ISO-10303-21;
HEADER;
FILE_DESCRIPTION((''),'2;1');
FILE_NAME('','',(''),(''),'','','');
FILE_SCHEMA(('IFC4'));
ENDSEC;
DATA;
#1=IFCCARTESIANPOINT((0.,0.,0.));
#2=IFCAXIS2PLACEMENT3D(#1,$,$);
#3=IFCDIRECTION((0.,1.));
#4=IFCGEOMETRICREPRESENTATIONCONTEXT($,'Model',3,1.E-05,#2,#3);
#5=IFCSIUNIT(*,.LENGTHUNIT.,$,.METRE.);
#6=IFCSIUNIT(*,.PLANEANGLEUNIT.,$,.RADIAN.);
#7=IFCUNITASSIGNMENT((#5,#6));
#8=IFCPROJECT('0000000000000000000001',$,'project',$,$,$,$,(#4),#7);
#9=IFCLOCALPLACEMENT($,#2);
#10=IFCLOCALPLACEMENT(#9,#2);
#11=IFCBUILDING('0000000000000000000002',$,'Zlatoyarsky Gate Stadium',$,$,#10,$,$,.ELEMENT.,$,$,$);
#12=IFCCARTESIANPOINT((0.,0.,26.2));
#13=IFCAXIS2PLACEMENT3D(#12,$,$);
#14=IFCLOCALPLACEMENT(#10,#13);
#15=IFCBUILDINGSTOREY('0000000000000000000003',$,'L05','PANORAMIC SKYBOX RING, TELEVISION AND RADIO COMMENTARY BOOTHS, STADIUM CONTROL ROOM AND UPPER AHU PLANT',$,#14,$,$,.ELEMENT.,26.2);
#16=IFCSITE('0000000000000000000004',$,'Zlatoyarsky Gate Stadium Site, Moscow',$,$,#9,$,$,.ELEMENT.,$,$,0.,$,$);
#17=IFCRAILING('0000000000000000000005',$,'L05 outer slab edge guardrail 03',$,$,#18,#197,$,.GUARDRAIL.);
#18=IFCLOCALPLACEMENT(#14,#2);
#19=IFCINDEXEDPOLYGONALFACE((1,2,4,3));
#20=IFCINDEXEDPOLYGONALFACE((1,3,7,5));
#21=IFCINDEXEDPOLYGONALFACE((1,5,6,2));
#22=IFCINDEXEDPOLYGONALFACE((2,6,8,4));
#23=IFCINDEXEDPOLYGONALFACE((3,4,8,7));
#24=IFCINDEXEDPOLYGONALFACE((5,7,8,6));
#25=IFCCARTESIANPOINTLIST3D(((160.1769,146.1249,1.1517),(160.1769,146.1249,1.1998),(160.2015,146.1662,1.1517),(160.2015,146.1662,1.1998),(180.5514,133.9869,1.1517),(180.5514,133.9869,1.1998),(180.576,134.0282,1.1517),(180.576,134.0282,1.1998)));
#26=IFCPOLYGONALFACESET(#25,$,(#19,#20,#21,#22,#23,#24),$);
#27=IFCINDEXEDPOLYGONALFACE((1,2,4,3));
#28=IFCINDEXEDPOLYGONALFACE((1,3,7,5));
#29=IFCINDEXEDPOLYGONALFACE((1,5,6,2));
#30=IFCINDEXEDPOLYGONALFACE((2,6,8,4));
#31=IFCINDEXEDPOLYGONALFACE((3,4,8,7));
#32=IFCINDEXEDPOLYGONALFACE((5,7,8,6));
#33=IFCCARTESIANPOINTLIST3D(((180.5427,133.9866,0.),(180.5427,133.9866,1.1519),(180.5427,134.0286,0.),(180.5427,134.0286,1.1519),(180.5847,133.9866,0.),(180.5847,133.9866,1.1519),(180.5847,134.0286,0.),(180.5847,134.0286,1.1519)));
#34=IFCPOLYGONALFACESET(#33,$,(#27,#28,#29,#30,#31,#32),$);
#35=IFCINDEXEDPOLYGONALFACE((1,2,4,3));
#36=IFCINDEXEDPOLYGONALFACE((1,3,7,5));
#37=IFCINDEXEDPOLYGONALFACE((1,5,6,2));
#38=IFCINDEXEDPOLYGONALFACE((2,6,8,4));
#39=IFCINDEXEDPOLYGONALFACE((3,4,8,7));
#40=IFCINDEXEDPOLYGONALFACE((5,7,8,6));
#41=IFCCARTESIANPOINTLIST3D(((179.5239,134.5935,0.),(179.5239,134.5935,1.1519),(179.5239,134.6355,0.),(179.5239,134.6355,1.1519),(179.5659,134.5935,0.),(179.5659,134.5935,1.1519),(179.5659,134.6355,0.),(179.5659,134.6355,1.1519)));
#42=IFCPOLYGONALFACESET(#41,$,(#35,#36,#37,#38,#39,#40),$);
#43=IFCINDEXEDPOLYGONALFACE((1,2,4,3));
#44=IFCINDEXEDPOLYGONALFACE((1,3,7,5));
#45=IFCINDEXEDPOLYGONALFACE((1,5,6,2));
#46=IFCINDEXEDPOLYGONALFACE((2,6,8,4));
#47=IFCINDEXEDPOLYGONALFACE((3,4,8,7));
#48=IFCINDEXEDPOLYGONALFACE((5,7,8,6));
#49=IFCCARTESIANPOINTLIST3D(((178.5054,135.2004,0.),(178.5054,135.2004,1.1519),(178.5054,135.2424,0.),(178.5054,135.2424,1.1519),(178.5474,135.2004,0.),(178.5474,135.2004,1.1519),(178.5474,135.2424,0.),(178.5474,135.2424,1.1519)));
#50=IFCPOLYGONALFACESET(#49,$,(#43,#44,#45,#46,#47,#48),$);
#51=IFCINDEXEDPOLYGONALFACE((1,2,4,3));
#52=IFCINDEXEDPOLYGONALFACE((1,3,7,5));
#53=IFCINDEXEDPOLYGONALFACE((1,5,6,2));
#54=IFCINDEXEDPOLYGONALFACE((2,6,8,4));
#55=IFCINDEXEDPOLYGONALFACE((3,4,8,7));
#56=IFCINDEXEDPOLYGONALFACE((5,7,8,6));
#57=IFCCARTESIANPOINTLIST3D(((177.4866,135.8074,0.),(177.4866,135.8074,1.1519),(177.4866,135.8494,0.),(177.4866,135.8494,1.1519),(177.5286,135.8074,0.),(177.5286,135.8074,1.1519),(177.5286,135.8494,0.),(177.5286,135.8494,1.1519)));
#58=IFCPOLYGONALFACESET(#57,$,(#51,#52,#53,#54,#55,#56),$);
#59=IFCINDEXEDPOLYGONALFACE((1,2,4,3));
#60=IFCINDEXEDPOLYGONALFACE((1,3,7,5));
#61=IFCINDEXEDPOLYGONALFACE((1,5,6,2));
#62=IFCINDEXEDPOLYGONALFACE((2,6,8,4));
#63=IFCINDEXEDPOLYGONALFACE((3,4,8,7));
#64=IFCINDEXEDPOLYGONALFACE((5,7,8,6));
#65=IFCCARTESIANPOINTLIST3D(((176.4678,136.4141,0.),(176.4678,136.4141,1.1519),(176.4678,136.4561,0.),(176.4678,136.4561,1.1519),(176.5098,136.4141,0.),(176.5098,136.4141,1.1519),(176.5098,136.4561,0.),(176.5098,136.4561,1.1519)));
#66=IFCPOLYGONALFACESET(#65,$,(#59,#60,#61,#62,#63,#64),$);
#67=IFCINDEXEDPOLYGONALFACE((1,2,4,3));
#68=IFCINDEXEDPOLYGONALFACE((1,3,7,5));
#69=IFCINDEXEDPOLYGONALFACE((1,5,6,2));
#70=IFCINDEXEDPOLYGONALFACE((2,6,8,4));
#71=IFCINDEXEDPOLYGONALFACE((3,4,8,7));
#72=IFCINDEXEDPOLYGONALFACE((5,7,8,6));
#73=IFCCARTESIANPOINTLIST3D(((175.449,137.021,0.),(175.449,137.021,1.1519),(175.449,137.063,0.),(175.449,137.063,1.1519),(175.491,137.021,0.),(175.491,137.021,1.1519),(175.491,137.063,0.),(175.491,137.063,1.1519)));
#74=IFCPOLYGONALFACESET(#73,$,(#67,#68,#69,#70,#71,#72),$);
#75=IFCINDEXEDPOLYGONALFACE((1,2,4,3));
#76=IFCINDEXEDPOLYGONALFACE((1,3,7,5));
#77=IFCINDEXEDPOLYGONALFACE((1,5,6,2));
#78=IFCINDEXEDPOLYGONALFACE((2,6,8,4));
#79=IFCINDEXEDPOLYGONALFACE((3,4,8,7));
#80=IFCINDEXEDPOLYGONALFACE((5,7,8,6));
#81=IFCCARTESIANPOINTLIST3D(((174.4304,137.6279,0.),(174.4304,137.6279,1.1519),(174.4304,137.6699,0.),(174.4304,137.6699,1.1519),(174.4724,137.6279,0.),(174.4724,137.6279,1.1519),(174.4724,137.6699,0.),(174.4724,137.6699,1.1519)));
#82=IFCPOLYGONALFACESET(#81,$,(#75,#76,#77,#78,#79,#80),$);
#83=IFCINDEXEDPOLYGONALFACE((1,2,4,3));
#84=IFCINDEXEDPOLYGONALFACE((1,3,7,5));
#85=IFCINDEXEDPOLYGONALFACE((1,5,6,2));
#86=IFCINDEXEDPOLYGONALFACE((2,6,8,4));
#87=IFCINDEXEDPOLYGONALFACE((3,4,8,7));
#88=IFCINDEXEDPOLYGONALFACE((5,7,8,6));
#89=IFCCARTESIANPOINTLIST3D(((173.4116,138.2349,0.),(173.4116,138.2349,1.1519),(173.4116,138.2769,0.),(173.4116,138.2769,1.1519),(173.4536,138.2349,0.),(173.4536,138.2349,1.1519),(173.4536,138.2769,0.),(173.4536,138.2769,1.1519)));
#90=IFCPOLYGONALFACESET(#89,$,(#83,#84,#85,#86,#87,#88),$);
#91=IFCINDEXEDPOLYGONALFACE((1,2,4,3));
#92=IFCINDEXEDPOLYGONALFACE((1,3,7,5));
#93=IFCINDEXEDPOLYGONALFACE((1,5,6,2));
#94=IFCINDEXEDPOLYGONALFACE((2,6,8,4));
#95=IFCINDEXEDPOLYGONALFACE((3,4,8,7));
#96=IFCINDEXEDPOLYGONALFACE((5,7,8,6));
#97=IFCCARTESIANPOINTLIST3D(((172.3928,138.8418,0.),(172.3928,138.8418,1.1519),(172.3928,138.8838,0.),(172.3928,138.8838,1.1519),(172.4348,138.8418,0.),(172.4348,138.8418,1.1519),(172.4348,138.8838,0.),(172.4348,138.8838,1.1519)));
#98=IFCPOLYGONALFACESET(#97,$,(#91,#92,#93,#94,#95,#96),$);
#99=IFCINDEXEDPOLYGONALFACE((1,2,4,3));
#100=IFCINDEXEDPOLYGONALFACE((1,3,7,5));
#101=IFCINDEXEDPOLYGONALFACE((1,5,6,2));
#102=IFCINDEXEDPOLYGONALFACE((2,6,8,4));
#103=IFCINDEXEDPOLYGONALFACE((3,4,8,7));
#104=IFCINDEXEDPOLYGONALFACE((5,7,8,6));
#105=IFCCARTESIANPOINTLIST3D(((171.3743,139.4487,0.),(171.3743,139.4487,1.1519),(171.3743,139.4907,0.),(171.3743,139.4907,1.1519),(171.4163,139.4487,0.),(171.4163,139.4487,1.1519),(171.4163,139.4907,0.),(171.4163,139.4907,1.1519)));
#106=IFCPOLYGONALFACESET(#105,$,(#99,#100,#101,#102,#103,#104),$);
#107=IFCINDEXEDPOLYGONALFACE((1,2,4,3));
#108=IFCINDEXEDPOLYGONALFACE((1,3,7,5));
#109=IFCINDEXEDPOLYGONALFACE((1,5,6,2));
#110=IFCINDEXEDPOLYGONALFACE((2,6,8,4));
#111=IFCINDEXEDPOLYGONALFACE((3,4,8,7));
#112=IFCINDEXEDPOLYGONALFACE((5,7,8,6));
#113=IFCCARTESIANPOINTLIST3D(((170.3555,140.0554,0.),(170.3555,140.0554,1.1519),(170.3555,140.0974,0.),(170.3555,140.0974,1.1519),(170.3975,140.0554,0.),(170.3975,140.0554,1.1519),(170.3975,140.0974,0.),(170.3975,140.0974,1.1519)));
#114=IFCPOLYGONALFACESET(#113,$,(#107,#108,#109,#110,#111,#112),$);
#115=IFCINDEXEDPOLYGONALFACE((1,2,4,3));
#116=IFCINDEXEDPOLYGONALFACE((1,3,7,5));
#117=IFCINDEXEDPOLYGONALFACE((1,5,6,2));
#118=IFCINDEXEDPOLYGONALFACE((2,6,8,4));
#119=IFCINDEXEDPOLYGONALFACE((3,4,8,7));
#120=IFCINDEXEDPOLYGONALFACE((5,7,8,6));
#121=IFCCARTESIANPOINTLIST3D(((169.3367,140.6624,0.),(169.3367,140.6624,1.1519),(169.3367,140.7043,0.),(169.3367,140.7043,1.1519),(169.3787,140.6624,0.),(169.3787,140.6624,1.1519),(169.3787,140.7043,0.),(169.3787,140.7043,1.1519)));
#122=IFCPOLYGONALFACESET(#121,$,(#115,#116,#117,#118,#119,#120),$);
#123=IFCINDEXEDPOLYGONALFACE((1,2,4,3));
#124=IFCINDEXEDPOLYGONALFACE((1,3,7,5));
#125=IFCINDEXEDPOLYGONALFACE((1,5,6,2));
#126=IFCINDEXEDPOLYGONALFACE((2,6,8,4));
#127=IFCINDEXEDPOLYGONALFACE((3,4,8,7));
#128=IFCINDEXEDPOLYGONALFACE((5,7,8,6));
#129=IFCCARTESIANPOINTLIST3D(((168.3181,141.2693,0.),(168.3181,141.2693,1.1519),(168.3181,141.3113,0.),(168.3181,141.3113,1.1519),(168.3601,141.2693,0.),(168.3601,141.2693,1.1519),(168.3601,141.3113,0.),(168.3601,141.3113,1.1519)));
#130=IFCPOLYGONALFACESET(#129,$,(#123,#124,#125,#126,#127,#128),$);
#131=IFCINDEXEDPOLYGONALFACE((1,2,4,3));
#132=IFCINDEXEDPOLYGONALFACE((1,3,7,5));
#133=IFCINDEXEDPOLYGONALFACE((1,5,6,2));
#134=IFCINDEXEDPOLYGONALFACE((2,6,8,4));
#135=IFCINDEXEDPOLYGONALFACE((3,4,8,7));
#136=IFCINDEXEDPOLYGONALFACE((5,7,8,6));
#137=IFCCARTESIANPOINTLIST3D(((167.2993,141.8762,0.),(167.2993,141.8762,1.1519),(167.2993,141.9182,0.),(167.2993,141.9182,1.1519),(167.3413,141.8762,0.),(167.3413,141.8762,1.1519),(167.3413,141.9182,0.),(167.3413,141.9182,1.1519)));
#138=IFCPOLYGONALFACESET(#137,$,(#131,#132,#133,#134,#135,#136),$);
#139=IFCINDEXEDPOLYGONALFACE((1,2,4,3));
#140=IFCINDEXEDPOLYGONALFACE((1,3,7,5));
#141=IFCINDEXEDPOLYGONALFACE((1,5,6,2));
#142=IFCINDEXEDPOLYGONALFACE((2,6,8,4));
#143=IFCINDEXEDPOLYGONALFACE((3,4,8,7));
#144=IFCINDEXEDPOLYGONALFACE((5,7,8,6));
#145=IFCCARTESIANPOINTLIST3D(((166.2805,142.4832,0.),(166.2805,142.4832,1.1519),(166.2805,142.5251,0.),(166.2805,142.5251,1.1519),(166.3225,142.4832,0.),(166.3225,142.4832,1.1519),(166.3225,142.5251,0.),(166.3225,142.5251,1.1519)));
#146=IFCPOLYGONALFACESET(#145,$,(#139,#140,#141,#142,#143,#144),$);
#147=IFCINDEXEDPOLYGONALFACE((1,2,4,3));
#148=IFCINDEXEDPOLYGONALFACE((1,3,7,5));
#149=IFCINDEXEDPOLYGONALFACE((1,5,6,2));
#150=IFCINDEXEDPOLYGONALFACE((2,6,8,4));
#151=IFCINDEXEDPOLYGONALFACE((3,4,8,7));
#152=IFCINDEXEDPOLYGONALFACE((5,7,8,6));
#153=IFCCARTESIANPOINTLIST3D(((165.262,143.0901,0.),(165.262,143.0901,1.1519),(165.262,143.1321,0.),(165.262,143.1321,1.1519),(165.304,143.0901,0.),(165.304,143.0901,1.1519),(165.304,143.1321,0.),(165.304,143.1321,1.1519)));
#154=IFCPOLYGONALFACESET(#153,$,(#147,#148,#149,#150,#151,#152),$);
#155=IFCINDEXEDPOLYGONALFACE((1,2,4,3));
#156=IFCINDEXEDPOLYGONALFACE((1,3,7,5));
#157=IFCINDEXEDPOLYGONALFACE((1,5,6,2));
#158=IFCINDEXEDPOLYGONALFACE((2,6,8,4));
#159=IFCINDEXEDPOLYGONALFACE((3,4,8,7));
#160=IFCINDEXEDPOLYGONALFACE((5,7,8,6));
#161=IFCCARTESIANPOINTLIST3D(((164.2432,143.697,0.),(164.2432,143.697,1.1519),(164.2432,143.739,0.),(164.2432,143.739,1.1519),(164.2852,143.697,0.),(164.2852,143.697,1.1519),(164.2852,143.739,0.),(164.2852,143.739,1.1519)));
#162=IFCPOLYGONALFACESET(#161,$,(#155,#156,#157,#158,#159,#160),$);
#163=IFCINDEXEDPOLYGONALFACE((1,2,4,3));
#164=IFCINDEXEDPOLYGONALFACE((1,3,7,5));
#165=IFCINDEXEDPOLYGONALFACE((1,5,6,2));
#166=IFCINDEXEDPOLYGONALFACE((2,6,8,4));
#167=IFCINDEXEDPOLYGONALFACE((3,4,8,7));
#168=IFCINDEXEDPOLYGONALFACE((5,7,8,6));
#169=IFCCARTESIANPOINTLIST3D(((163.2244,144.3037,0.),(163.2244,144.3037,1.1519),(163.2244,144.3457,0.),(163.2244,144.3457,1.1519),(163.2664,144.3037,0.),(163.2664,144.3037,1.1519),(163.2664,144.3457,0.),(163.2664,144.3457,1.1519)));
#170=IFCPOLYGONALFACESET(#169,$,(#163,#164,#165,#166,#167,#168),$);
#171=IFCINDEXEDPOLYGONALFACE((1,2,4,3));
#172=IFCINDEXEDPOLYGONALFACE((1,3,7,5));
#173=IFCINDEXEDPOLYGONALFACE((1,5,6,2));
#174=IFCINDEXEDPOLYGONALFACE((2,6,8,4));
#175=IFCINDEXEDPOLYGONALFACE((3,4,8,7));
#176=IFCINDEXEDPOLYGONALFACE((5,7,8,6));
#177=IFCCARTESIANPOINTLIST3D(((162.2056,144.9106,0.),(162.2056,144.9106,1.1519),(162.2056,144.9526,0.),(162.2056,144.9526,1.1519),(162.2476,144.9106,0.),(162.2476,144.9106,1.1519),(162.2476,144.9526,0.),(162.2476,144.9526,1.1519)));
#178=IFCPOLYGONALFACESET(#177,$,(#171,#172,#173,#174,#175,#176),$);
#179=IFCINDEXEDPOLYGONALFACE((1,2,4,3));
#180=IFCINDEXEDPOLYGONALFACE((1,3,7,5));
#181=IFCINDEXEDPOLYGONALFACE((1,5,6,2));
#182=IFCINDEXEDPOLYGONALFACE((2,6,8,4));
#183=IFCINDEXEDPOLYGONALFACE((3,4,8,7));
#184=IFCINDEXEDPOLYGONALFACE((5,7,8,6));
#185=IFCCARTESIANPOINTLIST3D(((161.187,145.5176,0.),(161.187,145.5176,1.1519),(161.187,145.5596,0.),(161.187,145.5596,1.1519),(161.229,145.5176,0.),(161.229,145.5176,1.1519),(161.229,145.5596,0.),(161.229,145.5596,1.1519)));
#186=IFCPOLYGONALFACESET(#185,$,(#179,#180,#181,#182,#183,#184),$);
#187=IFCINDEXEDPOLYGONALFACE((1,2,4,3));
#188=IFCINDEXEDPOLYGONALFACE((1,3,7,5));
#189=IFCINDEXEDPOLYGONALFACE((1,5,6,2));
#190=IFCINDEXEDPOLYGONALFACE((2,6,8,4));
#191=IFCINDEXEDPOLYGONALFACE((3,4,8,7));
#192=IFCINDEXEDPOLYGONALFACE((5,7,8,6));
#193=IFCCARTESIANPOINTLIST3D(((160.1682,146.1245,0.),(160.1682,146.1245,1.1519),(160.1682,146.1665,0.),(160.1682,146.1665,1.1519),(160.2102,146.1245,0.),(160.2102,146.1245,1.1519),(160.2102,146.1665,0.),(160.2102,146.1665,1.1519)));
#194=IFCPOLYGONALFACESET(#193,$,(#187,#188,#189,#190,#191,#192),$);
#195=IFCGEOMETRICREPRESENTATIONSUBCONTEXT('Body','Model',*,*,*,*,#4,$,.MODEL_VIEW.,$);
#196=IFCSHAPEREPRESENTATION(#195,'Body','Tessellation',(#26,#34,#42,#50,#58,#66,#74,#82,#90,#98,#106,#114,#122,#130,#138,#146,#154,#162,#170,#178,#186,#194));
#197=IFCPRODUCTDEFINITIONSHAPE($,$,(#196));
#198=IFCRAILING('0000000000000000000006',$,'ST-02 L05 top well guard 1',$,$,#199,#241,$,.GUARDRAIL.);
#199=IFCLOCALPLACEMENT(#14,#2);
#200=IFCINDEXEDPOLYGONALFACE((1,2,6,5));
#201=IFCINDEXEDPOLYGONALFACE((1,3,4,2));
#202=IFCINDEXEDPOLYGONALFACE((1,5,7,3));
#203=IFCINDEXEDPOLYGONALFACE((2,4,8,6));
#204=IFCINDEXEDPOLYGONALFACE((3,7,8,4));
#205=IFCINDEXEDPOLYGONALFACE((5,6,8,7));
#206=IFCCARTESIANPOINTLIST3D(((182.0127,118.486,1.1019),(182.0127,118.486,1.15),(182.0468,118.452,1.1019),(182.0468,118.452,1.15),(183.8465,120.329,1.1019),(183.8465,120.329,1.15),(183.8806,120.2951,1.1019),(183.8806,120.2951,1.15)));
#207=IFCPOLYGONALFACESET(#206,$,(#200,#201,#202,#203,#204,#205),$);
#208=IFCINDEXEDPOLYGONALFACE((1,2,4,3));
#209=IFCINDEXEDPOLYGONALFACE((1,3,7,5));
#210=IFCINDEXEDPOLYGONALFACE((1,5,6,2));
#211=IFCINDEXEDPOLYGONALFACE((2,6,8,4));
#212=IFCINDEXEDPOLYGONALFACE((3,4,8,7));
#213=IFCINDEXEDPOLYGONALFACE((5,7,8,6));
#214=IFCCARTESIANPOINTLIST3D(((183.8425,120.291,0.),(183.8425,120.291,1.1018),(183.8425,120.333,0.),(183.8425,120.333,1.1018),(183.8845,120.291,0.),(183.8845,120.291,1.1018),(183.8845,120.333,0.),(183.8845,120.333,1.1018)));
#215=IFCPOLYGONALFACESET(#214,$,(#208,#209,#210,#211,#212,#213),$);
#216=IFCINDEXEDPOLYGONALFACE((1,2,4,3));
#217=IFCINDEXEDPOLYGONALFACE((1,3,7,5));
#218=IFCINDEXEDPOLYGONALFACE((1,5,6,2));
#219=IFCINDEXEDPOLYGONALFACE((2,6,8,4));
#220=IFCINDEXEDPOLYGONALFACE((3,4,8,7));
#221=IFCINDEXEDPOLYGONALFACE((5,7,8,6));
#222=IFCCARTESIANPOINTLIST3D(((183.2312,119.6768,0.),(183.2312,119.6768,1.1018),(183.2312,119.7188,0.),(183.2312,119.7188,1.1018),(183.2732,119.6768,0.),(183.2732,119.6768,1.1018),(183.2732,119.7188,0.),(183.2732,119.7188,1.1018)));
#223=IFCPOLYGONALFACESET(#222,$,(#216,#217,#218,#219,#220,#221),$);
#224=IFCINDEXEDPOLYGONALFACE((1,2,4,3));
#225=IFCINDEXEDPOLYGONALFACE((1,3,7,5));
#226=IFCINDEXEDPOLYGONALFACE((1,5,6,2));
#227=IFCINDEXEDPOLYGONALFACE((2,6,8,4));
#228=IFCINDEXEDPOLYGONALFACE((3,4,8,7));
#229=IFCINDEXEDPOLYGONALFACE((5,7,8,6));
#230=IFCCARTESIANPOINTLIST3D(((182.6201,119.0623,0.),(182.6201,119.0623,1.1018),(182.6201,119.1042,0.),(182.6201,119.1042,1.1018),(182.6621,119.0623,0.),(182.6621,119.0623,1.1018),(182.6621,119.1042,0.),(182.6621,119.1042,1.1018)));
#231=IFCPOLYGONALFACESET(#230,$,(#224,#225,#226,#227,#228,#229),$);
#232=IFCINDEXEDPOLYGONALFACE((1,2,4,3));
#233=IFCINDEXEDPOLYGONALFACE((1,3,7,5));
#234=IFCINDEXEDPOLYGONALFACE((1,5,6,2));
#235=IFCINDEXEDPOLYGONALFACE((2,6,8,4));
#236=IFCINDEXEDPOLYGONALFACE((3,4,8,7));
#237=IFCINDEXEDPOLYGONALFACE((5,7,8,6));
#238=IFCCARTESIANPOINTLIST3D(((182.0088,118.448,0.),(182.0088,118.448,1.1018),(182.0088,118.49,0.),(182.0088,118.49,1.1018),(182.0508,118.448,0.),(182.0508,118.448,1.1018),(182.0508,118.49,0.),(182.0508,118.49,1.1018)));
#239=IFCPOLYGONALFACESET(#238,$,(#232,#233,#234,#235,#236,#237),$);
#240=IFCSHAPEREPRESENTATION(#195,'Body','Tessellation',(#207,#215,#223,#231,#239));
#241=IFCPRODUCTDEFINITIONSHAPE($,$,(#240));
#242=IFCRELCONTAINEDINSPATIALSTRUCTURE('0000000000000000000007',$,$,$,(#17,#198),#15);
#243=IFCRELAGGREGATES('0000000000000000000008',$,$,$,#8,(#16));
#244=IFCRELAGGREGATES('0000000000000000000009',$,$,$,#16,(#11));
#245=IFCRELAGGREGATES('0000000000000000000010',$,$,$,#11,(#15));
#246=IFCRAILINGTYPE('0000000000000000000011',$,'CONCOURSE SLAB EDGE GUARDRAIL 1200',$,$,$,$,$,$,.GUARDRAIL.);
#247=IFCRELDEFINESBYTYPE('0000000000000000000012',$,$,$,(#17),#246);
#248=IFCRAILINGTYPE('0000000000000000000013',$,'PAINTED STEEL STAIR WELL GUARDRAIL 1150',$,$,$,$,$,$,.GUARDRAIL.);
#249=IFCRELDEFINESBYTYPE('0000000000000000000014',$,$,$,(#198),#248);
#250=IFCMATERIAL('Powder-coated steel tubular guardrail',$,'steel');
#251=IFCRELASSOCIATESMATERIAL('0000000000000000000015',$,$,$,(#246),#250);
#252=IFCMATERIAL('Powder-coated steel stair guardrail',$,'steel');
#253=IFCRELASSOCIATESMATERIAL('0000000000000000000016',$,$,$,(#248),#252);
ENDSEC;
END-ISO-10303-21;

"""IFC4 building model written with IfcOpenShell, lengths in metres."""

from ifc_helpers import new_model, si_unit, direction, frame, origin, origin_2d, place, context, subcontext, project, spatial, rectangle, extrude, material, type_object, element, save


model = new_model("IFC4")

# Units and contexts
model_context = context("Model", 3, precision=1e-05, world=origin(), true_north=direction((0.0, 1.0)))
body_context = subcontext(model_context, "Body", "Model", "MODEL_VIEW")
ifc_project = project(units=[si_unit("LENGTHUNIT", "METRE"), si_unit("PLANEANGLEUNIT", "RADIAN")], contexts=[model_context])

# Site, building, storey
site_placement = place(None, origin())
site = spatial("IfcSite", under=ifc_project, at=site_placement, Name="Zlatoyarsky Gate Stadium Site, Moscow", CompositionType="ELEMENT", RefElevation=0.0)
building_placement = place(site_placement, origin())
building = spatial("IfcBuilding", under=site, at=building_placement, Name="Zlatoyarsky Gate Stadium", CompositionType="ELEMENT")
storey_placement = place(building_placement, frame((0.0, 0.0, 26.2)))
storey = spatial("IfcBuildingStorey", under=building, at=storey_placement, Name="L05", Description="PANORAMIC SKYBOX RING, TELEVISION AND RADIO COMMENTARY BOOTHS, STADIUM CONTROL ROOM AND UPPER AHU PLANT", CompositionType="ELEMENT", Elevation=26.2)

# Railings
ifc_material_1 = material(Name="Powder-coated steel tubular guardrail", Category="steel")
railing_type_1 = type_object("IfcRailingType", Name="CONCOURSE SLAB EDGE GUARDRAIL 1200", PredefinedType="GUARDRAIL", material=ifc_material_1)
railing_1_placement = place(storey_placement, frame((180.5637, 134.0076, 0.0)))
element("IfcRailing", 1, at=railing_1_placement, inside=storey, type_object=railing_type_1, Name="L05 outer slab edge guardrail 03", PredefinedType="GUARDRAIL", context=body_context, shape_type="SweptSolid", body=[
    extrude(rectangle(XDim=0.0481, YDim=0.0481, at=origin_2d()), frame((0.0, 0.0, 1.1758), z_axis=(-0.859103, 0.511803, 0.0), x_axis=(-0.511803, -0.859103, 0.0)), (0.0, 0.0, 1.0), 23.7161),
    extrude(rectangle(XDim=0.042, YDim=0.042, at=origin_2d()), origin(), (0.0, 0.0, 1.0), 1.1519),
    extrude(rectangle(XDim=0.042, YDim=0.042, at=origin_2d()), frame((-1.0188, 0.6069, 0.0)), (0.0, 0.0, 1.0), 1.1519),
    extrude(rectangle(XDim=0.042, YDim=0.042, at=origin_2d()), frame((-2.0374, 1.2139, 0.0)), (0.0, 0.0, 1.0), 1.1519),
    extrude(rectangle(XDim=0.042, YDim=0.042, at=origin_2d()), frame((-3.0562, 1.8208, 0.0)), (0.0, 0.0, 1.0), 1.1519),
    extrude(rectangle(XDim=0.042, YDim=0.042, at=origin_2d()), frame((-4.075, 2.4275, 0.0)), (0.0, 0.0, 1.0), 1.1519),
    extrude(rectangle(XDim=0.042, YDim=0.042, at=origin_2d()), frame((-5.0938, 3.0344, 0.0)), (0.0, 0.0, 1.0), 1.1519),
    extrude(rectangle(XDim=0.042, YDim=0.042, at=origin_2d()), frame((-6.1123, 3.6414, 0.0)), (0.0, 0.0, 1.0), 1.1519),
    extrude(rectangle(XDim=0.042, YDim=0.042, at=origin_2d()), frame((-7.1311, 4.2483, 0.0)), (0.0, 0.0, 1.0), 1.1519),
    extrude(rectangle(XDim=0.042, YDim=0.042, at=origin_2d()), frame((-8.1499, 4.8552, 0.0)), (0.0, 0.0, 1.0), 1.1519),
    extrude(rectangle(XDim=0.042, YDim=0.042, at=origin_2d()), frame((-9.1685, 5.4622, 0.0)), (0.0, 0.0, 1.0), 1.1519),
    extrude(rectangle(XDim=0.042, YDim=0.042, at=origin_2d()), frame((-10.1873, 6.0688, 0.0)), (0.0, 0.0, 1.0), 1.1519),
    extrude(rectangle(XDim=0.042, YDim=0.042, at=origin_2d()), frame((-11.2061, 6.6758, 0.0)), (0.0, 0.0, 1.0), 1.1519),
    extrude(rectangle(XDim=0.042, YDim=0.042, at=origin_2d()), frame((-12.2246, 7.2827, 0.0)), (0.0, 0.0, 1.0), 1.1519),
    extrude(rectangle(XDim=0.042, YDim=0.042, at=origin_2d()), frame((-13.2434, 7.8896, 0.0)), (0.0, 0.0, 1.0), 1.1519),
    extrude(rectangle(XDim=0.042, YDim=0.042, at=origin_2d()), frame((-14.2622, 8.4966, 0.0)), (0.0, 0.0, 1.0), 1.1519),
    extrude(rectangle(XDim=0.042, YDim=0.042, at=origin_2d()), frame((-15.2808, 9.1035, 0.0)), (0.0, 0.0, 1.0), 1.1519),
    extrude(rectangle(XDim=0.042, YDim=0.042, at=origin_2d()), frame((-16.2996, 9.7104, 0.0)), (0.0, 0.0, 1.0), 1.1519),
    extrude(rectangle(XDim=0.042, YDim=0.042, at=origin_2d()), frame((-17.3184, 10.3171, 0.0)), (0.0, 0.0, 1.0), 1.1519),
    extrude(rectangle(XDim=0.042, YDim=0.042, at=origin_2d()), frame((-18.3372, 10.9241, 0.0)), (0.0, 0.0, 1.0), 1.1519),
    extrude(rectangle(XDim=0.042, YDim=0.042, at=origin_2d()), frame((-19.3557, 11.531, 0.0)), (0.0, 0.0, 1.0), 1.1519),
    extrude(rectangle(XDim=0.042, YDim=0.042, at=origin_2d()), frame((-20.3745, 12.1379, 0.0)), (0.0, 0.0, 1.0), 1.1519),
])
ifc_material_2 = material(Name="Powder-coated steel stair guardrail", Category="steel")
railing_type_2 = type_object("IfcRailingType", Name="PAINTED STEEL STAIR WELL GUARDRAIL 1150", PredefinedType="GUARDRAIL", material=ifc_material_2)
railing_2_placement = place(storey_placement, frame((183.8635, 120.312, 0.0)))
element("IfcRailing", 2, at=railing_2_placement, inside=storey, type_object=railing_type_2, Name="ST-02 L05 top well guard 1", PredefinedType="GUARDRAIL", context=body_context, shape_type="SweptSolid", body=[
    extrude(rectangle(XDim=0.0481, YDim=0.0481, at=origin_2d()), frame((0.0, 0.0, 1.126), z_axis=(-0.70532, -0.708889, 0.0), x_axis=(0.708889, -0.70532, 0.0)), (0.0, 0.0, 1.0), 2.5999),
    extrude(rectangle(XDim=0.042, YDim=0.042, at=origin_2d()), origin(), (0.0, 0.0, 1.0), 1.1018),
    extrude(rectangle(XDim=0.042, YDim=0.042, at=origin_2d()), frame((-0.6113, -0.6143, 0.0)), (0.0, 0.0, 1.0), 1.1018),
    extrude(rectangle(XDim=0.042, YDim=0.042, at=origin_2d()), frame((-1.2224, -1.2288, 0.0)), (0.0, 0.0, 1.0), 1.1018),
    extrude(rectangle(XDim=0.042, YDim=0.042, at=origin_2d()), frame((-1.8337, -1.843, 0.0)), (0.0, 0.0, 1.0), 1.1018),
])

save(model, "model.ifc")
